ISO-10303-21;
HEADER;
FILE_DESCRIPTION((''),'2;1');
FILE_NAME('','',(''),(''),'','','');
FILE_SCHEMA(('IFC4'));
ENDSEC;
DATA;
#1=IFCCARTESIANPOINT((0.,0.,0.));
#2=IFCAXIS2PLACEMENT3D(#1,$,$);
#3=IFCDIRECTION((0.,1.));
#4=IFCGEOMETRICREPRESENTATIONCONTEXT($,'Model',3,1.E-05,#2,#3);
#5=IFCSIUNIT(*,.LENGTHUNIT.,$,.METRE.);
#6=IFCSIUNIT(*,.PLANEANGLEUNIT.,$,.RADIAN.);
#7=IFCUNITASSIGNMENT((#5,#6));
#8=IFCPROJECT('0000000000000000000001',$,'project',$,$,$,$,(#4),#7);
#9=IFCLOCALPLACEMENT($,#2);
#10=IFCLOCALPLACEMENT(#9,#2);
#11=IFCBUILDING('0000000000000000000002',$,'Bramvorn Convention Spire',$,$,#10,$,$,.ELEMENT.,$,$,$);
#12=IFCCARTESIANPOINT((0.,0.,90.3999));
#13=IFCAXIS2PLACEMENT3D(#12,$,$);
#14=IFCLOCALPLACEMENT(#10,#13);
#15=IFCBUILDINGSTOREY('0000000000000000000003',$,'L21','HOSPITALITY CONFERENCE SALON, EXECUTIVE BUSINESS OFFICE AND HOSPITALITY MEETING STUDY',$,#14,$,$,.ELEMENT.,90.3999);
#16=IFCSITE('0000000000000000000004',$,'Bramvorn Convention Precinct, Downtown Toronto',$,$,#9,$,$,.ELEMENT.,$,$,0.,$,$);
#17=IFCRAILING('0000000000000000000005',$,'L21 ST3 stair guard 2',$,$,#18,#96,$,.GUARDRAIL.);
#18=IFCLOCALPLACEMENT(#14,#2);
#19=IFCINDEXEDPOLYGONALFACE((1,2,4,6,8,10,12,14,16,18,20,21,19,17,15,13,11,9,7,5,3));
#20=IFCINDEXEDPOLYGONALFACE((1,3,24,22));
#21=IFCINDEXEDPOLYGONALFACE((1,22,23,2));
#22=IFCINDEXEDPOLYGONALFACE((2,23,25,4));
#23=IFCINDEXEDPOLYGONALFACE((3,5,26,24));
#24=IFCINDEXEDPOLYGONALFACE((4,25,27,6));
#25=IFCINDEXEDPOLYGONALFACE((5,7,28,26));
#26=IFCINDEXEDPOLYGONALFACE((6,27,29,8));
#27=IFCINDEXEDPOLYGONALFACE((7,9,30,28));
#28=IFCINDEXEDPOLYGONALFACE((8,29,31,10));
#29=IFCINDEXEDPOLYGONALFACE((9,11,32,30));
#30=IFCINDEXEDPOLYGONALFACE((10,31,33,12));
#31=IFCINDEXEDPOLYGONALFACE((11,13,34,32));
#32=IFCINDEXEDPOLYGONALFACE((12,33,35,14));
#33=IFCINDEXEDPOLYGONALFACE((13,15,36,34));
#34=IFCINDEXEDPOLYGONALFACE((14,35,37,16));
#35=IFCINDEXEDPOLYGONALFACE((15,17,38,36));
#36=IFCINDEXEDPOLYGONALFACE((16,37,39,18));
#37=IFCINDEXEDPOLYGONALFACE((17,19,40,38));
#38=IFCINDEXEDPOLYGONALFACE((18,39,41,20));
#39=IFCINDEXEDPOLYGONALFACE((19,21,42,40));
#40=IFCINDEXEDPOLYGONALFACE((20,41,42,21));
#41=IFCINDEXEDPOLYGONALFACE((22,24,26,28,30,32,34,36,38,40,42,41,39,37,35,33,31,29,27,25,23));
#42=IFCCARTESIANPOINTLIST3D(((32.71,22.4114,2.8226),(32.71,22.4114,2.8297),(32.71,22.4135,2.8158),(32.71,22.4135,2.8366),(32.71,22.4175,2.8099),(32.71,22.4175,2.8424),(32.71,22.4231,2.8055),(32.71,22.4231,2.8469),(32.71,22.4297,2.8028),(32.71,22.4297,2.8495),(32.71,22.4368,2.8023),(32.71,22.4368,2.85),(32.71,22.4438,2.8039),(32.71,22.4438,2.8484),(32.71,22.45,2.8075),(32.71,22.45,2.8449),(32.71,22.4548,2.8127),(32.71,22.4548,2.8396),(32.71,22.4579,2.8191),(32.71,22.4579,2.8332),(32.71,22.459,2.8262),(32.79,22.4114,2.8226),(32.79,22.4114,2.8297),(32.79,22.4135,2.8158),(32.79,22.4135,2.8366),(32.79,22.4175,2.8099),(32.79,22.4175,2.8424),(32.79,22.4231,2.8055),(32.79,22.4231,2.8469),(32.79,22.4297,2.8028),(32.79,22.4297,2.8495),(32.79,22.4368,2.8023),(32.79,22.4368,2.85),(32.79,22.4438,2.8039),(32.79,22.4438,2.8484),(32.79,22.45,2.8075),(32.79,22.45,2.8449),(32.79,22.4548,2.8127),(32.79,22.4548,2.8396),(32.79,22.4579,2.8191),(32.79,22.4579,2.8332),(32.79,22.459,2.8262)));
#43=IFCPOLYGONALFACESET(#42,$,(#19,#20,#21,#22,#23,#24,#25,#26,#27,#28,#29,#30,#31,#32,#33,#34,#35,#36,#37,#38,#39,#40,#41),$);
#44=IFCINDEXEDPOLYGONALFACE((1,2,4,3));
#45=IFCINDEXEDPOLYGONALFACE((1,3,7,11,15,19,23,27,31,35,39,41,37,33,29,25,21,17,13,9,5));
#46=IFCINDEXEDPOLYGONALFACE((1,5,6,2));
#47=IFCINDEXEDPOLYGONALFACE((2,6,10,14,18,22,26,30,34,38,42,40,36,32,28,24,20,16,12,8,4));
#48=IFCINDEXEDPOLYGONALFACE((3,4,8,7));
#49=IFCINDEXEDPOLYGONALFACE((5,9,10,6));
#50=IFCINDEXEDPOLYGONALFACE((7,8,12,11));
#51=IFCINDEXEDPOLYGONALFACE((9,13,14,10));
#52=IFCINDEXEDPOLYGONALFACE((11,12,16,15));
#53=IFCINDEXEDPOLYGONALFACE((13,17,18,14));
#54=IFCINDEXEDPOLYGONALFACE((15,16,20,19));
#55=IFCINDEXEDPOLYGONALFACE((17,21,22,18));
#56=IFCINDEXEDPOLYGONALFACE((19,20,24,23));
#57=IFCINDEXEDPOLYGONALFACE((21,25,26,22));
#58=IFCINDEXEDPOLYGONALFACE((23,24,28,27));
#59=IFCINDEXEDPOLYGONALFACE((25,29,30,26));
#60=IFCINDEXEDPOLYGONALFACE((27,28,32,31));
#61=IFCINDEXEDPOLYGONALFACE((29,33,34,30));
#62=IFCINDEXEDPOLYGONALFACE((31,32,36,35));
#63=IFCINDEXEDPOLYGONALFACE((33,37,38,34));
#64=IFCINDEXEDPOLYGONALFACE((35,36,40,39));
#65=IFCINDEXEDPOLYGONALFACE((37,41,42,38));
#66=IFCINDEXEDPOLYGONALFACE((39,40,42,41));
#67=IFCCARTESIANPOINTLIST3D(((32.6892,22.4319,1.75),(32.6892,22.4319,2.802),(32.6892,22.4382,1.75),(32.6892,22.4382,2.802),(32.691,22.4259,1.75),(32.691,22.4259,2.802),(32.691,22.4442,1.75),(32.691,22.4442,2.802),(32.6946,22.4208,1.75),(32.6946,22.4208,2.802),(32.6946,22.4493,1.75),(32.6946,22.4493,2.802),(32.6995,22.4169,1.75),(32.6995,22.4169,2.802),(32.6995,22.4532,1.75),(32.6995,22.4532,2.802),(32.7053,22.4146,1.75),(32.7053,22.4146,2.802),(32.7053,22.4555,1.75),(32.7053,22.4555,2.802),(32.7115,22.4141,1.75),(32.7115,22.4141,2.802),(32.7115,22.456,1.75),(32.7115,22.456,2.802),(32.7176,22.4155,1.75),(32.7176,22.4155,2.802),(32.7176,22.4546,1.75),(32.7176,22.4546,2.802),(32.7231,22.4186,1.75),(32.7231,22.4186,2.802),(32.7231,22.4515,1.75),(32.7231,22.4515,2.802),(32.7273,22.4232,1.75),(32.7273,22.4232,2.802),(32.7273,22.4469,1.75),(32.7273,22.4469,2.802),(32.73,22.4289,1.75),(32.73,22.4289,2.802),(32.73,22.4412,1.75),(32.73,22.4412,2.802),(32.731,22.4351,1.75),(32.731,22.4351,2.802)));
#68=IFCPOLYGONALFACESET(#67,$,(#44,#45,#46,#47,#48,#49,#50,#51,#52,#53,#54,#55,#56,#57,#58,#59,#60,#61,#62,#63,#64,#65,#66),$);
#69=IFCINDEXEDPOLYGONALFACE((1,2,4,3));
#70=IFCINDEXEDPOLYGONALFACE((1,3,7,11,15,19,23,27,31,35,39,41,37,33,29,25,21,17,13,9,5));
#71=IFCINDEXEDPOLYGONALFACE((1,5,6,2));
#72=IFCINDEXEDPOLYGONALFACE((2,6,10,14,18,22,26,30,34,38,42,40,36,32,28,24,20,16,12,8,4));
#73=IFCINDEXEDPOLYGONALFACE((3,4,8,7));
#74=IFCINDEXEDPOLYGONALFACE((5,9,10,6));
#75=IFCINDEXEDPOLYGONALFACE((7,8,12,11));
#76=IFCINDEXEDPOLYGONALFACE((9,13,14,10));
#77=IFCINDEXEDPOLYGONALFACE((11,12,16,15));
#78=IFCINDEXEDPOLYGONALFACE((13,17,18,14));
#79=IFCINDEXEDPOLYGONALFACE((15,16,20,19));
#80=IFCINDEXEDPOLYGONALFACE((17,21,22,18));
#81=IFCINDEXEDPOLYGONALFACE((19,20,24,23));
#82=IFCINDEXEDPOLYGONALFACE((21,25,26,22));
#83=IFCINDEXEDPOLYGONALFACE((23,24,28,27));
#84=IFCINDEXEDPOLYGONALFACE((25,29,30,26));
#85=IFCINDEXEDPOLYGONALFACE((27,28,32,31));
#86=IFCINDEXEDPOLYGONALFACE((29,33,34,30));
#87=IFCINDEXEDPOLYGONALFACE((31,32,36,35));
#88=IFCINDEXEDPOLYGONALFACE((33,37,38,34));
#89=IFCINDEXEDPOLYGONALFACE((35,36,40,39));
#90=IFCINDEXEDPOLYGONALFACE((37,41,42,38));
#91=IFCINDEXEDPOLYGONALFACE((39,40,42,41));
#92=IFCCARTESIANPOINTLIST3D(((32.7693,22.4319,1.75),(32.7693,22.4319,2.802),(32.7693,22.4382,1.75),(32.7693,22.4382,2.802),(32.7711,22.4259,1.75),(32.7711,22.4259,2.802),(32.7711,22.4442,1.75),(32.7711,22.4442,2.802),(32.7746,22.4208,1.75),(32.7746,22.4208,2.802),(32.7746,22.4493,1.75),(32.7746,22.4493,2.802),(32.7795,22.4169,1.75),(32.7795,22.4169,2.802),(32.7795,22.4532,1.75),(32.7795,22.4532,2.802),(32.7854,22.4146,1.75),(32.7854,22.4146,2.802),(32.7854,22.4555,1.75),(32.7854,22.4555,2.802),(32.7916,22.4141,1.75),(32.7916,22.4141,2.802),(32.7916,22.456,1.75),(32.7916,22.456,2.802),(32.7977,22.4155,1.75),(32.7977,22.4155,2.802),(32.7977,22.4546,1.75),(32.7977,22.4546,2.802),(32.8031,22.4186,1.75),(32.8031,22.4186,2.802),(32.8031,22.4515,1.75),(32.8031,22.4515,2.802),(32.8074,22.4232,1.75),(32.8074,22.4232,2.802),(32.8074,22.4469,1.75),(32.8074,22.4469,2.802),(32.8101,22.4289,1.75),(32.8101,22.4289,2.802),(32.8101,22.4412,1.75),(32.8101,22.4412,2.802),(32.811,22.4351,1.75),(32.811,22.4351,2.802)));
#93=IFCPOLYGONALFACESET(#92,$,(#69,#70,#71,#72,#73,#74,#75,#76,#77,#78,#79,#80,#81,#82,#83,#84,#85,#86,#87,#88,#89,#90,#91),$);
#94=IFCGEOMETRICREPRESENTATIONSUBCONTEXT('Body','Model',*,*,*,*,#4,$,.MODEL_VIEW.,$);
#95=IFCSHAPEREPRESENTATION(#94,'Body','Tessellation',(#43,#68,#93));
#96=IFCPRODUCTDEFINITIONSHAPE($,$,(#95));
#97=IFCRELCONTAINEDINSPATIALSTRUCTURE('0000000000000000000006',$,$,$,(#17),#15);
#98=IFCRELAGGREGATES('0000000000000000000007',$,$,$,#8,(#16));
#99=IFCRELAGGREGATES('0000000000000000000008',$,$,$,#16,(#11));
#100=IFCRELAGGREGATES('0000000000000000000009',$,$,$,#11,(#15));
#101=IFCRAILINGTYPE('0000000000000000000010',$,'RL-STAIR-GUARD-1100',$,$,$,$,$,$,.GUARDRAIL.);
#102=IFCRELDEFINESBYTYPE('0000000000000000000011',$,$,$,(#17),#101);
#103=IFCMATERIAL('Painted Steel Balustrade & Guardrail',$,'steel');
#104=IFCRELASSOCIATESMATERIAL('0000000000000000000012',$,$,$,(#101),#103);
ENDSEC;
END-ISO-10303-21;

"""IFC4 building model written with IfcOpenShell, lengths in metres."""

from ifc_helpers import new_model, si_unit, direction, frame, origin, origin_2d, place, context, subcontext, project, spatial, circle, extrude, material, type_object, element, save


model = new_model("IFC4")

# Units and contexts
model_context = context("Model", 3, precision=1e-05, world=origin(), true_north=direction((0.0, 1.0)))
body_context = subcontext(model_context, "Body", "Model", "MODEL_VIEW")
ifc_project = project(units=[si_unit("LENGTHUNIT", "METRE"), si_unit("PLANEANGLEUNIT", "RADIAN")], contexts=[model_context])

# Site, building, storey
site_placement = place(None, origin())
site = spatial("IfcSite", under=ifc_project, at=site_placement, Name="Bramvorn Convention Precinct, Downtown Toronto", CompositionType="ELEMENT", RefElevation=0.0)
building_placement = place(site_placement, origin())
building = spatial("IfcBuilding", under=site, at=building_placement, Name="Bramvorn Convention Spire", CompositionType="ELEMENT")
storey_placement = place(building_placement, frame((0.0, 0.0, 90.3999)))
storey = spatial("IfcBuildingStorey", under=building, at=storey_placement, Name="L21", Description="HOSPITALITY CONFERENCE SALON, EXECUTIVE BUSINESS OFFICE AND HOSPITALITY MEETING STUDY", CompositionType="ELEMENT", Elevation=90.3999)

# Railing
ifc_material_1 = material(Name="Painted Steel Balustrade & Guardrail", Category="steel")
railing_type_1 = type_object("IfcRailingType", Name="RL-STAIR-GUARD-1100", PredefinedType="GUARDRAIL", material=ifc_material_1)
railing_1_placement = place(storey_placement, frame((32.71, 22.4351, 1.75)))
element("IfcRailing", 1, at=railing_1_placement, inside=storey, type_object=railing_type_1, Name="L21 ST3 stair guard 2", PredefinedType="GUARDRAIL", context=body_context, shape_type="SweptSolid", body=[
    extrude(circle(Radius=0.0239, at=origin_2d()), frame((0.0, 0.0, 1.0762), z_axis=(1.0, 0.0, 0.0), x_axis=(0.0, 1.0, 0.0)), (0.0, 0.0, 1.0), 0.0801),
    extrude(circle(Radius=0.021, at=origin_2d()), origin(), (0.0, 0.0, 1.0), 1.052),
    extrude(circle(Radius=0.021, at=origin_2d()), frame((0.0801, 0.0, 0.0)), (0.0, 0.0, 1.0), 1.052),
])

save(model, "model.ifc")
